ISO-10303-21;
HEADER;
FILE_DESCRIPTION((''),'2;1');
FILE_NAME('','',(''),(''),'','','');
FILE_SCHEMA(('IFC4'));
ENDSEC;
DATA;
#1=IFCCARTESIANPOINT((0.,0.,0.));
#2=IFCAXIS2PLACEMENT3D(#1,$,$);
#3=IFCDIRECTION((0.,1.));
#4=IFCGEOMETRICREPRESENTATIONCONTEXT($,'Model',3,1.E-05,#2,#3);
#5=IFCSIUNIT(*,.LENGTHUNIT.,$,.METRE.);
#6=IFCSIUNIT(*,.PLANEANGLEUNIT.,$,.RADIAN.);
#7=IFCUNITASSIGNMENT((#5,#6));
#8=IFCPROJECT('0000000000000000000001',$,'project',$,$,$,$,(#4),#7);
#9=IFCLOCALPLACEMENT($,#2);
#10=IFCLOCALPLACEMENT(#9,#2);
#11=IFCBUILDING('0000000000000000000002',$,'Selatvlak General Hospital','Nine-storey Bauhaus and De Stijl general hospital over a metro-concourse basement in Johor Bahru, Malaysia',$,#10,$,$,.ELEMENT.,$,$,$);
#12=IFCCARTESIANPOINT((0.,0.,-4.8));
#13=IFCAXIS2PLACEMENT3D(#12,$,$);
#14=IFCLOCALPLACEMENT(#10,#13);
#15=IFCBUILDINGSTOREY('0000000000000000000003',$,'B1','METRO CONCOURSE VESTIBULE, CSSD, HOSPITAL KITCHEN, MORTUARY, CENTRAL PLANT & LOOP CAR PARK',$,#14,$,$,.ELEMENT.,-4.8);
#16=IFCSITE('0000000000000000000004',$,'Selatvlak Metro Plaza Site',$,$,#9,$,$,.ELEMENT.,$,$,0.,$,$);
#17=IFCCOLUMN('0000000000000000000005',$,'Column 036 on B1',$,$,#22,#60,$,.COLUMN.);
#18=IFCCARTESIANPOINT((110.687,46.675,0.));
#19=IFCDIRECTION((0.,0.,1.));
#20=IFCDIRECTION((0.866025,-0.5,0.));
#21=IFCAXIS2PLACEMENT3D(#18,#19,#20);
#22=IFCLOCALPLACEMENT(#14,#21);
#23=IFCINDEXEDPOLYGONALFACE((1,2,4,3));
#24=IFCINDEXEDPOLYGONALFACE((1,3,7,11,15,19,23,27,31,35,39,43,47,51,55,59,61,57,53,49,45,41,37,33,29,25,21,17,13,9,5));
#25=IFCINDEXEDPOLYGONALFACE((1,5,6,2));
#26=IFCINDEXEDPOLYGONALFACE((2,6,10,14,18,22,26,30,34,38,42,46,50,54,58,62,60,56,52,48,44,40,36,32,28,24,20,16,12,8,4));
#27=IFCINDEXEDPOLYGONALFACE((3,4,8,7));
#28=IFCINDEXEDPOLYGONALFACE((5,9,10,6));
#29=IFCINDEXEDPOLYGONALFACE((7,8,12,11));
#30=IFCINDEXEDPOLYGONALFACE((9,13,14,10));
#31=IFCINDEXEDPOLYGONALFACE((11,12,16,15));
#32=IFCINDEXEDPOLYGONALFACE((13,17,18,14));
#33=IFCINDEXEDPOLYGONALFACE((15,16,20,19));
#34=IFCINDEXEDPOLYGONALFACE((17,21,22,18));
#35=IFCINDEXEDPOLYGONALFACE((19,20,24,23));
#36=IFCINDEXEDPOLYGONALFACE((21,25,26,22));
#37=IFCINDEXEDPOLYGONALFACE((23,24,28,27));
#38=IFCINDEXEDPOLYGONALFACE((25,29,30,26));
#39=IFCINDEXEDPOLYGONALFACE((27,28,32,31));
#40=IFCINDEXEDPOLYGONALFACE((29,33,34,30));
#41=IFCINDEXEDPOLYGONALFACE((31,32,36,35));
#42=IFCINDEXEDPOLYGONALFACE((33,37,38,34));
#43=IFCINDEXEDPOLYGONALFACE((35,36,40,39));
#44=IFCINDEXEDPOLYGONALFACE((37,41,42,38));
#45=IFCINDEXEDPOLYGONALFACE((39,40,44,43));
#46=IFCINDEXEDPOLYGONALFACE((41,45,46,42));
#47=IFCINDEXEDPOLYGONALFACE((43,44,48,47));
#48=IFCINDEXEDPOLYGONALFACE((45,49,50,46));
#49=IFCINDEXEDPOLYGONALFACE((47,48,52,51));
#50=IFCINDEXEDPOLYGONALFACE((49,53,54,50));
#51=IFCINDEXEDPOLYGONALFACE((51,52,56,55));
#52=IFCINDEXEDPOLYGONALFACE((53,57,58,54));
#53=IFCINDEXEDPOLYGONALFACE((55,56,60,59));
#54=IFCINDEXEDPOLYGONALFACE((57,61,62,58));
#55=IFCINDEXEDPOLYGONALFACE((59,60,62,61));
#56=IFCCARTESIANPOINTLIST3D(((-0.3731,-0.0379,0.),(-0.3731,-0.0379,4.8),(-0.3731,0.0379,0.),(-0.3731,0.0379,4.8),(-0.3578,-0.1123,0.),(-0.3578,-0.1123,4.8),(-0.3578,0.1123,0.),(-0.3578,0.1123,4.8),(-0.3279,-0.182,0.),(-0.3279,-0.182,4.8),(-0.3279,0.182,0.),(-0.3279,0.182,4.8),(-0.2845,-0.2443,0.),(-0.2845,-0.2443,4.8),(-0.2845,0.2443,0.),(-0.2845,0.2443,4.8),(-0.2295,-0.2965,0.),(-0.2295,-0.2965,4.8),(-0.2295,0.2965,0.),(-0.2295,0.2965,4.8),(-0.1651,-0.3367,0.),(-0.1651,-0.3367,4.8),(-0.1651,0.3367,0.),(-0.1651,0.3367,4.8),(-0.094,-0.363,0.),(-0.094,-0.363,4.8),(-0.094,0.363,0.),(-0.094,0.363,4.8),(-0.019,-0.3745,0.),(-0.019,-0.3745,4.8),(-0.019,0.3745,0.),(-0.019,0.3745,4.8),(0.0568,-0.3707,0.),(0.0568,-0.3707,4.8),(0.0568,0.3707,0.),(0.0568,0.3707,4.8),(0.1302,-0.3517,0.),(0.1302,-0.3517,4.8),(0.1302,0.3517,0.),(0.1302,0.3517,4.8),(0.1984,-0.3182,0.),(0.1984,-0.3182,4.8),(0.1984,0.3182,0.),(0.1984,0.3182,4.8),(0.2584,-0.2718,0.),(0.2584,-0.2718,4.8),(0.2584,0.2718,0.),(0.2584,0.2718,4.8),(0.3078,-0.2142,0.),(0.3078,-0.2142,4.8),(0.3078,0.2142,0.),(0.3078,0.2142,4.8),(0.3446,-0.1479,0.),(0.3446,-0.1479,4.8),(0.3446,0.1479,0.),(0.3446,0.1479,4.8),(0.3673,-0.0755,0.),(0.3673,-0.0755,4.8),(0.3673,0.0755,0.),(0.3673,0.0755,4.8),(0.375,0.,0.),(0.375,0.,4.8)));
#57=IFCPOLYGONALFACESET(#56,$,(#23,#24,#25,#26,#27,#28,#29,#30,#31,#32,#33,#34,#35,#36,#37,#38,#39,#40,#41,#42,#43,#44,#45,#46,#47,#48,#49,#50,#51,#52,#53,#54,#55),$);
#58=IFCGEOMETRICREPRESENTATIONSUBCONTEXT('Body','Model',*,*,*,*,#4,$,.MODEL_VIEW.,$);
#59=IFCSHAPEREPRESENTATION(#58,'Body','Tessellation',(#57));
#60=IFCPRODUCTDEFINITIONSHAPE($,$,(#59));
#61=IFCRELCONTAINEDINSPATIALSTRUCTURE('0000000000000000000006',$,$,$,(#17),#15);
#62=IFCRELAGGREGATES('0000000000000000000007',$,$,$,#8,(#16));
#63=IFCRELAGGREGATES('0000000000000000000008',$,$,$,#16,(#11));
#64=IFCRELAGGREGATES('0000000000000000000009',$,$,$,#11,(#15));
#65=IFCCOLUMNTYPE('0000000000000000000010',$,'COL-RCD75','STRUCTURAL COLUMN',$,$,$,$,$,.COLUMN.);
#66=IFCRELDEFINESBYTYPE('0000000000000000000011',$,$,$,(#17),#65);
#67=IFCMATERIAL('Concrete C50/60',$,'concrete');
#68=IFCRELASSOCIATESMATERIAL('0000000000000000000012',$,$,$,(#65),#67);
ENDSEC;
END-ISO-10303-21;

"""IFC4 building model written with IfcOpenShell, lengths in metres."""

from ifc_helpers import new_model, si_unit, direction, frame, origin, origin_2d, place, context, subcontext, project, spatial, circle, extrude, material, material_profile, profile_set, type_object, element, save


model = new_model("IFC4")

# Units and contexts
model_context = context("Model", 3, precision=1e-05, world=origin(), true_north=direction((0.0, 1.0)))
body_context = subcontext(model_context, "Body", "Model", "MODEL_VIEW")
ifc_project = project(units=[si_unit("LENGTHUNIT", "METRE"), si_unit("PLANEANGLEUNIT", "RADIAN")], contexts=[model_context])

# Site, building, storey
site_placement = place(None, origin())
site = spatial("IfcSite", under=ifc_project, at=site_placement, Name="Selatvlak Metro Plaza Site", CompositionType="ELEMENT", RefElevation=0.0)
building_placement = place(site_placement, origin())
building = spatial("IfcBuilding", under=site, at=building_placement, Name="Selatvlak General Hospital", Description="Nine-storey Bauhaus and De Stijl general hospital over a metro-concourse basement in Johor Bahru, Malaysia", CompositionType="ELEMENT")
storey_placement = place(building_placement, frame((0.0, 0.0, -4.8)))
storey = spatial("IfcBuildingStorey", under=building, at=storey_placement, Name="B1", Description="METRO CONCOURSE VESTIBULE, CSSD, HOSPITAL KITCHEN, MORTUARY, CENTRAL PLANT & LOOP CAR PARK", CompositionType="ELEMENT", Elevation=-4.8)

# Column
ifc_material_1 = material(Name="Concrete C50/60", Category="concrete")
ifc_material_profile_1 = material_profile(ifc_material_1, circle(Radius=0.375, at=origin_2d()), Name="RC-COL D750")
ifc_profile_set_1 = profile_set([ifc_material_profile_1], Name="Concrete C50/60")
column_type_1 = type_object("IfcColumnType", Name="COL-RCD75", Description="STRUCTURAL COLUMN", PredefinedType="COLUMN", material=ifc_profile_set_1)
for number, where, z_axis, x_axis, name in (
    (1, (110.687, 46.675, 0.0), (0.0, 0.0, 1.0), (0.866025, -0.5, 0.0), "Column 036 on B1"),
):
    element("IfcColumn", number, at=place(storey_placement, frame(where, z_axis=z_axis, x_axis=x_axis)), inside=storey, type_object=column_type_1, Name=name, PredefinedType="COLUMN", context=body_context, shape_type="SweptSolid", body=[
        extrude(circle(Radius=0.375, at=origin_2d()), origin(), (0.0, 0.0, 1.0), 4.8),
    ])

save(model, "model.ifc")
